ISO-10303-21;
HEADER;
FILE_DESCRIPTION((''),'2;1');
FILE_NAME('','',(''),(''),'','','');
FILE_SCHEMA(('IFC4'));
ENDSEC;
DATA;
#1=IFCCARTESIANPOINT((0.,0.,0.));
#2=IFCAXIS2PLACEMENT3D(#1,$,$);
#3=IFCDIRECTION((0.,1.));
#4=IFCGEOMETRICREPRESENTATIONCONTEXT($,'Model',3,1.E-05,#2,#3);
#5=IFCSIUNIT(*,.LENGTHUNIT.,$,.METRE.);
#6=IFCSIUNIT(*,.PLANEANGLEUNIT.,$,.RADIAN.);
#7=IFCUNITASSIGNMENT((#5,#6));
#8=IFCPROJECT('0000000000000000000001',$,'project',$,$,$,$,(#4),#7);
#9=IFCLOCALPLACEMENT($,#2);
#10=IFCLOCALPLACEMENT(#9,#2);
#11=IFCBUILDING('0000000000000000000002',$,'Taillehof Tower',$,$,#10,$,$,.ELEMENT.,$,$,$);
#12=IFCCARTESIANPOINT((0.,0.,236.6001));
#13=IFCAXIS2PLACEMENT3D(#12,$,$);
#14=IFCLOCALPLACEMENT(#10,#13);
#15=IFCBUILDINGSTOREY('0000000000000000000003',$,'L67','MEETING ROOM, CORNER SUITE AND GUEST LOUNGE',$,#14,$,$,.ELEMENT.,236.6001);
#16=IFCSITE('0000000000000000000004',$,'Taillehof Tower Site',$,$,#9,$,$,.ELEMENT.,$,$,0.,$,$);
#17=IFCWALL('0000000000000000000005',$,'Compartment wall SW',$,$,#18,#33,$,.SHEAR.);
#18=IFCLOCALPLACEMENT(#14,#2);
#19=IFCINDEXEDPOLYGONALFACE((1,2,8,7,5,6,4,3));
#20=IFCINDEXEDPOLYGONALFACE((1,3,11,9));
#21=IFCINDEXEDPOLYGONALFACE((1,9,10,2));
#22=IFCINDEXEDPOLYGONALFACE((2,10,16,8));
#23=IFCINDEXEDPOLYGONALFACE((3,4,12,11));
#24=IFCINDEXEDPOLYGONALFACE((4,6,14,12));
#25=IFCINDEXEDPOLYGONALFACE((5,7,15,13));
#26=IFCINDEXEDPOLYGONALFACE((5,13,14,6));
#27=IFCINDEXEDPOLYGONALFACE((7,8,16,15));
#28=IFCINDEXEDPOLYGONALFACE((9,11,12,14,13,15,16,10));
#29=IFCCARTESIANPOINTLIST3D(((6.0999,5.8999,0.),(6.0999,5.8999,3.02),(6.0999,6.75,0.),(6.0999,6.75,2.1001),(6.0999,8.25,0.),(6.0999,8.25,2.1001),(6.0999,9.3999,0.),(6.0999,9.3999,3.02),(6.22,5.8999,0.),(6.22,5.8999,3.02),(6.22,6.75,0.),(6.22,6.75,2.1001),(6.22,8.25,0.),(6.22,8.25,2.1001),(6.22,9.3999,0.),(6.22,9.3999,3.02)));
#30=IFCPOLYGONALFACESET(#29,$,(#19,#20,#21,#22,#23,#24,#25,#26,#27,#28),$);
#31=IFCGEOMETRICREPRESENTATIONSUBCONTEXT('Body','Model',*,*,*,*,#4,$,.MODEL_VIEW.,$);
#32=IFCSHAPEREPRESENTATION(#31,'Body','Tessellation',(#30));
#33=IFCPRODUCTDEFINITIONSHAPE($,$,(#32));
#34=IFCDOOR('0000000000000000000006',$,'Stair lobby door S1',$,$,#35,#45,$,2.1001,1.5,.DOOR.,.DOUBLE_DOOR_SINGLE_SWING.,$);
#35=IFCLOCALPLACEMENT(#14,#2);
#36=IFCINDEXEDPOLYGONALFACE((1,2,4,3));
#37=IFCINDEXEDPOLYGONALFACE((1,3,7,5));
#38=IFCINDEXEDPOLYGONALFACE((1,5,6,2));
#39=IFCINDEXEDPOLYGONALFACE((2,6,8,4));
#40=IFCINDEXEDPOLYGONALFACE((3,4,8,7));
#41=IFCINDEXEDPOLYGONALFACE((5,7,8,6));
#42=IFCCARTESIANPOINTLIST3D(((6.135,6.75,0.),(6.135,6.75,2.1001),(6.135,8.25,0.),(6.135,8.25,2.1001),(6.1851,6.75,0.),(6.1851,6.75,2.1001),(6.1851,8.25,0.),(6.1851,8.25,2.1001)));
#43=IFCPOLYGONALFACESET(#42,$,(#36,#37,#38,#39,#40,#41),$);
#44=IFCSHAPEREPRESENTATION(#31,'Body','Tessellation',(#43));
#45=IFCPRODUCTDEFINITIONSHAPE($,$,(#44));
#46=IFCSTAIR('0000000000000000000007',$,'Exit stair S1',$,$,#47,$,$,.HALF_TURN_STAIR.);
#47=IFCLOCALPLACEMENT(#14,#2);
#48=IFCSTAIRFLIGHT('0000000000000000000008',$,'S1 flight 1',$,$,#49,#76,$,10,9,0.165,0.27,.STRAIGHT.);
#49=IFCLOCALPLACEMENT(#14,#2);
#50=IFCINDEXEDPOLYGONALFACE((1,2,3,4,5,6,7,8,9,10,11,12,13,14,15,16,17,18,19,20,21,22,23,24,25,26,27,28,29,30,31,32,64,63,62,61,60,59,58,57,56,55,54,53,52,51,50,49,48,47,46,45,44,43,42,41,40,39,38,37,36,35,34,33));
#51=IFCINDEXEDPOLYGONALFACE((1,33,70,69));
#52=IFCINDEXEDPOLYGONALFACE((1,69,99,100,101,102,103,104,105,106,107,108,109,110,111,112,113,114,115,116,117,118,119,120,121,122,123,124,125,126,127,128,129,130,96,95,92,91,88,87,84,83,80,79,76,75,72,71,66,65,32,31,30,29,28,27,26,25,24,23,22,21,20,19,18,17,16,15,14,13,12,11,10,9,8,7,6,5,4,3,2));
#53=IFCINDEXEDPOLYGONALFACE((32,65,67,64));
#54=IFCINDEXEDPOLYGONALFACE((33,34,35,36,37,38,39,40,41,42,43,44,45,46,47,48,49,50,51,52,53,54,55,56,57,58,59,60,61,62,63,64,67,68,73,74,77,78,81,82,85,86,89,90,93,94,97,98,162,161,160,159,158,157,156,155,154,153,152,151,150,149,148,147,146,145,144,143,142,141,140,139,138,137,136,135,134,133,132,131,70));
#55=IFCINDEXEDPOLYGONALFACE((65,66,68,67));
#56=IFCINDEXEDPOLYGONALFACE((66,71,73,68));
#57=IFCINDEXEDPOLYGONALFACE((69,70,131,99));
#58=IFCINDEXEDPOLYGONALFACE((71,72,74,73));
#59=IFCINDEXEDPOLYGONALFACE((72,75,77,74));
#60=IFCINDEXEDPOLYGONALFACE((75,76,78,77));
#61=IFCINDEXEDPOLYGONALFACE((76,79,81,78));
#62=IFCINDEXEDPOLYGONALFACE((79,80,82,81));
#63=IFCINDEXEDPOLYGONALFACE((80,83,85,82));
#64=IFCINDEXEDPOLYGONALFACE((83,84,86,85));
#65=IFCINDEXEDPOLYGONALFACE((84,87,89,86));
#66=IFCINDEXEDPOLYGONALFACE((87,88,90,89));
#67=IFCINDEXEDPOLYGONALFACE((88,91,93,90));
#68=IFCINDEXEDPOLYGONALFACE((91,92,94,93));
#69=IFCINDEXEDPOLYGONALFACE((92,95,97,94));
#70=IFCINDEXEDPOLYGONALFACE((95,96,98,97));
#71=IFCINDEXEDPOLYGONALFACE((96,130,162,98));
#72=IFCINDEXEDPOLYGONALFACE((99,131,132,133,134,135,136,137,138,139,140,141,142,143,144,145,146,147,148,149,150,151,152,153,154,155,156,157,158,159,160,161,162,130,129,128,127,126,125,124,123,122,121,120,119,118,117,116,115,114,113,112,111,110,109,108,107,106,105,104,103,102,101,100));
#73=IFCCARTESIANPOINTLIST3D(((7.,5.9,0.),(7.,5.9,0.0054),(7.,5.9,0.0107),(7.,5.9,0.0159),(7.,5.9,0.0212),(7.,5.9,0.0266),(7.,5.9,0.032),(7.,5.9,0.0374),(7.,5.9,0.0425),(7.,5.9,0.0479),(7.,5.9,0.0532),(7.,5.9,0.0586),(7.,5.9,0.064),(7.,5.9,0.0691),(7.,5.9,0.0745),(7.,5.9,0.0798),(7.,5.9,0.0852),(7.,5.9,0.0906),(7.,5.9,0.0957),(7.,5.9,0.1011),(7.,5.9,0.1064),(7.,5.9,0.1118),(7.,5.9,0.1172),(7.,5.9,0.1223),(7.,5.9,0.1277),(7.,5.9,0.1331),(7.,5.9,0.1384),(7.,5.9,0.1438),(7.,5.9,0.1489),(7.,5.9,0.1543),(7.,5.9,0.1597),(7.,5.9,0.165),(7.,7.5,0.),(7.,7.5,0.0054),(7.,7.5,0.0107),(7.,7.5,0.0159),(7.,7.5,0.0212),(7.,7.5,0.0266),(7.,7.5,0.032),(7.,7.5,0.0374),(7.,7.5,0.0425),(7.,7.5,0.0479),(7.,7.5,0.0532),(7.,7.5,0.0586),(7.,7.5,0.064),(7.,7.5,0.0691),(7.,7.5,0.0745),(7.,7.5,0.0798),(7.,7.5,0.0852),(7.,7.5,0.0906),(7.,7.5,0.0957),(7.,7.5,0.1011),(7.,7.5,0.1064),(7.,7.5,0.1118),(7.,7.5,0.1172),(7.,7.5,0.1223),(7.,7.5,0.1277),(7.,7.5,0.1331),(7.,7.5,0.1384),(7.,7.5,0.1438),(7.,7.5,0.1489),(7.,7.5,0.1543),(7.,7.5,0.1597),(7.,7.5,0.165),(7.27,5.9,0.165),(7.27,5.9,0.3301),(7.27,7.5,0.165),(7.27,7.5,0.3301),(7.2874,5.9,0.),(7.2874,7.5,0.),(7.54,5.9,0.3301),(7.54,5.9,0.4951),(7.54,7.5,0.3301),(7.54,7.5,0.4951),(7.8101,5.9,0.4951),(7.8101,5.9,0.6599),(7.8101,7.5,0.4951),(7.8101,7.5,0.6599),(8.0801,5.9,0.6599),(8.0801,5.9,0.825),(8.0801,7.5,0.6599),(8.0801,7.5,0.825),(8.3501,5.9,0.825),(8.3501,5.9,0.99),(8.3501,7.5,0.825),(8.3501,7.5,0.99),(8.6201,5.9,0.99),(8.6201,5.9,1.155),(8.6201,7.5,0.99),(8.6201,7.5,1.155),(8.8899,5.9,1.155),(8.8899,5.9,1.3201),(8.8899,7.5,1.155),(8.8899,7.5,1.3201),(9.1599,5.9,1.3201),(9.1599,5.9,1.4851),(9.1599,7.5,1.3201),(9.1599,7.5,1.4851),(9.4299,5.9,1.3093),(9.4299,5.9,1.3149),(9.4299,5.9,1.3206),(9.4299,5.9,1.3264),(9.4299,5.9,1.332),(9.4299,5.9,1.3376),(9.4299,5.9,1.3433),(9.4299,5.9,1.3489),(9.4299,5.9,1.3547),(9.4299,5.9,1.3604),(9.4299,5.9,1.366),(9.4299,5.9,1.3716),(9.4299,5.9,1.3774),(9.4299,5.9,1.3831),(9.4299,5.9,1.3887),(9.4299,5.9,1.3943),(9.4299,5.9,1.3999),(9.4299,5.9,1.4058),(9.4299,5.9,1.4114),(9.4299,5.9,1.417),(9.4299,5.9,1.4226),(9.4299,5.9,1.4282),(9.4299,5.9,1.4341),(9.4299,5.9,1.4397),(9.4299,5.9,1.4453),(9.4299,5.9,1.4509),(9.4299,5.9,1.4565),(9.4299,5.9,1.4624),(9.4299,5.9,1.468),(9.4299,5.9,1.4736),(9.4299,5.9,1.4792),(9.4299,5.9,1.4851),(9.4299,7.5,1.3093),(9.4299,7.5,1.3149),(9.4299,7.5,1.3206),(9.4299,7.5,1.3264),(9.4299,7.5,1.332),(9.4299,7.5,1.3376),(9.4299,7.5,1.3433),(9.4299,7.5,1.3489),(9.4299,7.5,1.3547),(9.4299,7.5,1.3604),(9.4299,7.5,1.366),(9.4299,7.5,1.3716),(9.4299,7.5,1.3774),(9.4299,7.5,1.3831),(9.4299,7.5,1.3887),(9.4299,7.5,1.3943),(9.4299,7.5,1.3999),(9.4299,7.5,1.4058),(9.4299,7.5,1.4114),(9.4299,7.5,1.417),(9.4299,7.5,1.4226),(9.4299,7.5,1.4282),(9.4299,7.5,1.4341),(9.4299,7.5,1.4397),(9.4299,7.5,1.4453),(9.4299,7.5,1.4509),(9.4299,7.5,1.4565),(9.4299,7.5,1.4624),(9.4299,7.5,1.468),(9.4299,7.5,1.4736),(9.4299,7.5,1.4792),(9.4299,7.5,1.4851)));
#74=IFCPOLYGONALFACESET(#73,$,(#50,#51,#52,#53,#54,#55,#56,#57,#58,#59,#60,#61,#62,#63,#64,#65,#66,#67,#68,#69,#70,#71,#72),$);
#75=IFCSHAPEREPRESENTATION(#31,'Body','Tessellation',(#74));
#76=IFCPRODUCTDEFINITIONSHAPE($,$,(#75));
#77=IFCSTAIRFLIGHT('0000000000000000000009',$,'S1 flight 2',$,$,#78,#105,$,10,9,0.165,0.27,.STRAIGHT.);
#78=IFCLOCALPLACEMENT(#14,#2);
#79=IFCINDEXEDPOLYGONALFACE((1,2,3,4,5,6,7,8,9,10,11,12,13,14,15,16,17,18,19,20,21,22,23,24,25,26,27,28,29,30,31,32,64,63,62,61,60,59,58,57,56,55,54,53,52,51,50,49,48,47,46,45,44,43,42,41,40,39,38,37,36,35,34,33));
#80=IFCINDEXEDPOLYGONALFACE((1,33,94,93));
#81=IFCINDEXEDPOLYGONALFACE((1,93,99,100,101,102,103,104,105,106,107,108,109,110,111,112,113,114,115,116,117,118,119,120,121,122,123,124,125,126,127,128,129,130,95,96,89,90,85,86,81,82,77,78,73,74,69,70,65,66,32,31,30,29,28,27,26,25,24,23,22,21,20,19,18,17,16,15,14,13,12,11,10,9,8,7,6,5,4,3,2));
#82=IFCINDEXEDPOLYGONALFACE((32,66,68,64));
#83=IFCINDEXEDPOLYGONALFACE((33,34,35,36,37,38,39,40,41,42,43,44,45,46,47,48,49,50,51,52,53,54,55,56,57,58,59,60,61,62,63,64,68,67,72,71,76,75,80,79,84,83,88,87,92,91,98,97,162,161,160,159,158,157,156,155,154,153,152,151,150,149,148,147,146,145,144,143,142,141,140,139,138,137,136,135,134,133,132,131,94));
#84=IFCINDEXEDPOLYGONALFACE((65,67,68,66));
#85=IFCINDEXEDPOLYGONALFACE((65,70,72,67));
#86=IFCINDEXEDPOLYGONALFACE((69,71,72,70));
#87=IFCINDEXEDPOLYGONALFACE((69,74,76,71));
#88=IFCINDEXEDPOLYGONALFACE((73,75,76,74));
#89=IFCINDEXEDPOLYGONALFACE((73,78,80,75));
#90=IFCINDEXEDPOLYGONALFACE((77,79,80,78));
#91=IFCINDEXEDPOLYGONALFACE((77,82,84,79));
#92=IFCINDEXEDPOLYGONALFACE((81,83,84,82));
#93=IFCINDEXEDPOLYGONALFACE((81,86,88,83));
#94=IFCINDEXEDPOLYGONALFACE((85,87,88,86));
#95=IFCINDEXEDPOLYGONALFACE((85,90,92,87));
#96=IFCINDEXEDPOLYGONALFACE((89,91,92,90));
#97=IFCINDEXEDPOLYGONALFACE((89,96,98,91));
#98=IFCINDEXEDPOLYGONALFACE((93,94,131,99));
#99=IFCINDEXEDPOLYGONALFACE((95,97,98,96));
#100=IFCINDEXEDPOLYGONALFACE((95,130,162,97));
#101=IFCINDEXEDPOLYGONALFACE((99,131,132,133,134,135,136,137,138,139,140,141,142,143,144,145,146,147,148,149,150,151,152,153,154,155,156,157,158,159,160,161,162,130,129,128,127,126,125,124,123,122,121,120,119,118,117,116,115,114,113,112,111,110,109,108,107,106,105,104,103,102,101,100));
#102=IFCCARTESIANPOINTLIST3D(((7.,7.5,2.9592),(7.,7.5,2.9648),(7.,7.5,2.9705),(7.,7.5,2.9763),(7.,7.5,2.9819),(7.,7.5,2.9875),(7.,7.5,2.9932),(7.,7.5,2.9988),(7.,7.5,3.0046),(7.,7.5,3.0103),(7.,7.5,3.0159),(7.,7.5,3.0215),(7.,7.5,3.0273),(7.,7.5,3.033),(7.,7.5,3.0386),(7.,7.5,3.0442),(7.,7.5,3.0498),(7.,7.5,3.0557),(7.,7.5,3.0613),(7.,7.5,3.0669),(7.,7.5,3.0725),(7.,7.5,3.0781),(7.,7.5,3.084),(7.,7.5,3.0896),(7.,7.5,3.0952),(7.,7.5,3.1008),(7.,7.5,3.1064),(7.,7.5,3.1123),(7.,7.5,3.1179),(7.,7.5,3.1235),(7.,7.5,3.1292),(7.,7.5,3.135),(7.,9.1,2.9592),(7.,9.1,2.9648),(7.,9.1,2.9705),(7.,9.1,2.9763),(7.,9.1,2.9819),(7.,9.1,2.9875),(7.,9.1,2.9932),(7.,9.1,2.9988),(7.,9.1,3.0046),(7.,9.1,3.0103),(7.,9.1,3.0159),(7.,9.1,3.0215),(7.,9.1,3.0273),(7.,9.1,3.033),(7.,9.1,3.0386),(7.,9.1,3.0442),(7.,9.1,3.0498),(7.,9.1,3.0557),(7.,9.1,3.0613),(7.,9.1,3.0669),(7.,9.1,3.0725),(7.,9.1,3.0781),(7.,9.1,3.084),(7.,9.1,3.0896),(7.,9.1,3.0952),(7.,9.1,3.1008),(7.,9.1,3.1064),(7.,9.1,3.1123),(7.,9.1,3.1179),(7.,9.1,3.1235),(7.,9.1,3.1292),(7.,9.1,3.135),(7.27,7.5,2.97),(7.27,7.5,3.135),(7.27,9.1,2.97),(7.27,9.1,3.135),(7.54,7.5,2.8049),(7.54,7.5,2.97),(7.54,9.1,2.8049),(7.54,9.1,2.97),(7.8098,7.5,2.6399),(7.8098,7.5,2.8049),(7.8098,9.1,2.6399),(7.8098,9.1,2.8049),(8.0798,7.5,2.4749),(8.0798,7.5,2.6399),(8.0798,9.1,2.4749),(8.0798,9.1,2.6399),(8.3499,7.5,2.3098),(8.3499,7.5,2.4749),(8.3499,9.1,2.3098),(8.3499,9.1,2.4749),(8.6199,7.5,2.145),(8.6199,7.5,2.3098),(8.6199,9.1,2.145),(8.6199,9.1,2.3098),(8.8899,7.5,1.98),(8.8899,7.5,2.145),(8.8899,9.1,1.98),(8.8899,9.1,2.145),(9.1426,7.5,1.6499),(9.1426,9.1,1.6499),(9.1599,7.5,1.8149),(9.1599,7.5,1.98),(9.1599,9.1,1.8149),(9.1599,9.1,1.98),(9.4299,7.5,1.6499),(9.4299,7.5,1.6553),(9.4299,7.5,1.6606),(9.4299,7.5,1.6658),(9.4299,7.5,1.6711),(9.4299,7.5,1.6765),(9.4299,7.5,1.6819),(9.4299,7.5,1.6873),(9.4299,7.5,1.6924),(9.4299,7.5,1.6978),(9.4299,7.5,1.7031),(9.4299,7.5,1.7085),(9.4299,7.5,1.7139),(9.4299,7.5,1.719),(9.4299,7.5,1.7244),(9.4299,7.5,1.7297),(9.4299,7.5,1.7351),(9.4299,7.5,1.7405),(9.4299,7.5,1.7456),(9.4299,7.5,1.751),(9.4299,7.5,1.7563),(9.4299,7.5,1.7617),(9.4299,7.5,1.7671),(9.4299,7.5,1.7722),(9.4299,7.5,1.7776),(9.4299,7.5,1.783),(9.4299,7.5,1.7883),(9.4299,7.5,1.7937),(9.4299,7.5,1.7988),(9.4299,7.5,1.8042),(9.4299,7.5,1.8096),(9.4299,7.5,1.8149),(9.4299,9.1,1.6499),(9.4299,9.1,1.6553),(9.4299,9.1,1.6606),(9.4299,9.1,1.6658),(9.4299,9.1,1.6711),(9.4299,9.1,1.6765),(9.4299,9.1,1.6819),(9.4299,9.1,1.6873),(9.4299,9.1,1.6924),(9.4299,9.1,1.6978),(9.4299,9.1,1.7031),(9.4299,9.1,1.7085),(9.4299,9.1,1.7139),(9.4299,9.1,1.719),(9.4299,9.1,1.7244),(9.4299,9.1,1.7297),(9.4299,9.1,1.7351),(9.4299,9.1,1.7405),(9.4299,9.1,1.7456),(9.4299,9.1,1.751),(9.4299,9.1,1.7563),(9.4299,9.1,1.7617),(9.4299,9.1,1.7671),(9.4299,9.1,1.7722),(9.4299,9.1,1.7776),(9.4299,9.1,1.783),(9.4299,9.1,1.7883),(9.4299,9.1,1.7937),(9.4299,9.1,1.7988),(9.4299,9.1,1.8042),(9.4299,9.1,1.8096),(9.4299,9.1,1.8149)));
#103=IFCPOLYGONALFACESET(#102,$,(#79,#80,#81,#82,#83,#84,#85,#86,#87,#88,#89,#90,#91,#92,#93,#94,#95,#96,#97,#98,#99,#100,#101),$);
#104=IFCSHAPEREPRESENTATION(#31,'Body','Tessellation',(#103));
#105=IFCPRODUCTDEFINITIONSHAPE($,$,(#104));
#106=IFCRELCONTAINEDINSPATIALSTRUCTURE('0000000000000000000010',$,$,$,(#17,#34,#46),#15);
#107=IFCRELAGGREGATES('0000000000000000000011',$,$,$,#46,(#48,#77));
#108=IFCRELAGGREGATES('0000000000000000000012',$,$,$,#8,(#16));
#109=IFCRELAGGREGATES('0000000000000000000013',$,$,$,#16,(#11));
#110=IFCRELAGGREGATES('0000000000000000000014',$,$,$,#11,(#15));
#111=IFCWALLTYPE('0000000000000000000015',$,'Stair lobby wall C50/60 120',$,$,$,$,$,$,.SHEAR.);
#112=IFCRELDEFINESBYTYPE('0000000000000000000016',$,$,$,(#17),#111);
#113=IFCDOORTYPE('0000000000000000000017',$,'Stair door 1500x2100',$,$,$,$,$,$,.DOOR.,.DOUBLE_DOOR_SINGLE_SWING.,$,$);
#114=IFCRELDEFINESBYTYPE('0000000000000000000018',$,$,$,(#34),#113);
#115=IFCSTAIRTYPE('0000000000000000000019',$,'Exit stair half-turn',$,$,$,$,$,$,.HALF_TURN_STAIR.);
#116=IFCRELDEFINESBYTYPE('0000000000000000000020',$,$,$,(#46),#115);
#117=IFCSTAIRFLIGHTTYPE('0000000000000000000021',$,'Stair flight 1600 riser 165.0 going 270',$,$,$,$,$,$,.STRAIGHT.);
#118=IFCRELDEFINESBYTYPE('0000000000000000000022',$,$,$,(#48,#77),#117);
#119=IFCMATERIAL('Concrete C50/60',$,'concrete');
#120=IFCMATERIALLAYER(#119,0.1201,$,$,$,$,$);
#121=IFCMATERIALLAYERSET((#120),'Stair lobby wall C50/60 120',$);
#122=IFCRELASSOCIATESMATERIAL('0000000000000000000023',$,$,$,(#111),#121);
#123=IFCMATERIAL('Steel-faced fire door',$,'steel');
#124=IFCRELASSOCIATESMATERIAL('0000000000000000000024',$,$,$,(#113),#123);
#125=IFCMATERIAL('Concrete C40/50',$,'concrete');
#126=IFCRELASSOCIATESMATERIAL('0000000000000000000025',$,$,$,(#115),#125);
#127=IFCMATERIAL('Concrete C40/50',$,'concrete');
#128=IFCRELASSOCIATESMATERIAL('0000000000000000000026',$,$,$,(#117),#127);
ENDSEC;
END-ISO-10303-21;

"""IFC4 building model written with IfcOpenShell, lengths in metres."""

from ifc_helpers import new_model, si_unit, direction, frame, frame_2d, origin, place, context, subcontext, project, spatial, polyline, rectangle, outline, extrude, material, layer, layer_set, type_object, element, fill, aggregate, save


model = new_model("IFC4")

# Units and contexts
model_context = context("Model", 3, precision=1e-05, world=origin(), true_north=direction((0.0, 1.0)))
body_context = subcontext(model_context, "Body", "Model", "MODEL_VIEW")
ifc_project = project(units=[si_unit("LENGTHUNIT", "METRE"), si_unit("PLANEANGLEUNIT", "RADIAN")], contexts=[model_context])

# Site, building, storey
site_placement = place(None, origin())
site = spatial("IfcSite", under=ifc_project, at=site_placement, Name="Taillehof Tower Site", CompositionType="ELEMENT", RefElevation=0.0)
building_placement = place(site_placement, origin())
building = spatial("IfcBuilding", under=site, at=building_placement, Name="Taillehof Tower", CompositionType="ELEMENT")
storey_placement = place(building_placement, frame((0.0, 0.0, 236.6001)))
storey = spatial("IfcBuildingStorey", under=building, at=storey_placement, Name="L67", Description="MEETING ROOM, CORNER SUITE AND GUEST LOUNGE", CompositionType="ELEMENT", Elevation=236.6001)

# Wall, opening, door
ifc_material_1 = material(Name="Concrete C50/60", Category="concrete")
ifc_layer_1 = layer(ifc_material_1, 0.1201)
ifc_layer_set_1 = layer_set([ifc_layer_1], Name="Stair lobby wall C50/60 120")
wall_type_1 = type_object("IfcWallType", Name="Stair lobby wall C50/60 120", PredefinedType="SHEAR", material=ifc_layer_set_1)
wall_1_placement = place(storey_placement, frame((6.1599, 5.8999, 0.0), z_axis=(0.0, 0.0, 1.0), x_axis=(0.0, 1.0, 0.0)))
wall_1 = element("IfcWall", 1, at=wall_1_placement, inside=storey, type_object=wall_type_1, Name="Compartment wall SW", PredefinedType="SHEAR", context=body_context, shape_type="SweptSolid", body=[
    extrude(rectangle(XDim=3.5, YDim=0.1201, at=frame_2d((1.75, 0.0))), origin(), (0.0, 0.0, 1.0), 3.02),
])
opening_1_placement = place(wall_1_placement, frame((0.8501, 0.0, 0.0)))
opening_1 = element("IfcOpeningElement", 2, at=opening_1_placement, cuts=wall_1, PredefinedType="OPENING", context=body_context, shape_type="SweptSolid", body=[
    extrude(rectangle(XDim=1.5, YDim=2.1001, at=frame_2d((0.75, 1.05))), frame((0.0, 0.0701, 0.0), z_axis=(0.0, -1.0, 0.0), x_axis=(1.0, 0.0, 0.0)), (0.0, 0.0, 1.0), 0.1401),
])
ifc_material_2 = material(Name="Steel-faced fire door", Category="steel")
door_type_1 = type_object("IfcDoorType", Name="Stair door 1500x2100", OperationType="DOUBLE_DOOR_SINGLE_SWING", PredefinedType="DOOR", material=ifc_material_2)
door_1_placement = place(opening_1_placement, origin())
door_1 = element("IfcDoor", 3, at=door_1_placement, inside=storey, type_object=door_type_1, Name="Stair lobby door S1", OperationType="DOUBLE_DOOR_SINGLE_SWING", OverallHeight=2.1001, OverallWidth=1.5, PredefinedType="DOOR", context=body_context, shape_type="SweptSolid", body=[
    extrude(rectangle(XDim=1.5, YDim=2.1001, at=frame_2d((0.75, 1.05))), frame((0.0, 0.0249, 0.0), z_axis=(0.0, -1.0, 0.0), x_axis=(1.0, 0.0, 0.0)), (0.0, 0.0, 1.0), 0.05),
])
fill(opening_1, door_1)

# Stair, stair flights
ifc_material_3 = material(Name="Concrete C40/50", Category="concrete")
stair_type = type_object("IfcStairType", Name="Exit stair half-turn", PredefinedType="HALF_TURN_STAIR", material=ifc_material_3)
stair_placement = place(storey_placement, origin())
stair = element("IfcStair", 4, at=stair_placement, inside=storey, type_object=stair_type, Name="Exit stair S1", PredefinedType="HALF_TURN_STAIR")
ifc_material_4 = material(Name="Concrete C40/50", Category="concrete")
stair_flight_type = type_object("IfcStairFlightType", Name="Stair flight 1600 riser 165.0 going 270", PredefinedType="STRAIGHT", material=ifc_material_4)
stair_flight_1_placement = place(storey_placement, frame((7.0, 6.7, 0.0), z_axis=(0.0, 0.0, 1.0), x_axis=(1.0, 0.0, 0.0)))
stair_flight_1 = element("IfcStairFlight", 5, at=stair_flight_1_placement, type_object=stair_flight_type, Name="S1 flight 1", NumberOfRisers=10, NumberOfTreads=9, PredefinedType="STRAIGHT", RiserHeight=0.165, TreadLength=0.27, context=body_context, shape_type="SweptSolid", body=[
    extrude(outline(polyline([(0.0, 0.0), (0.0, 0.0054), (0.0, 0.0107), (0.0, 0.0159), (0.0, 0.0212), (0.0, 0.0266), (0.0, 0.032), (0.0, 0.0374), (0.0, 0.0425), (0.0, 0.0479), (0.0, 0.0532), (0.0, 0.0586), (0.0, 0.064), (0.0, 0.0691), (0.0, 0.0745), (0.0, 0.0798), (0.0, 0.0852), (0.0, 0.0906), (0.0, 0.0957), (0.0, 0.1011), (0.0, 0.1064), (0.0, 0.1118), (0.0, 0.1172), (0.0, 0.1223), (0.0, 0.1277), (0.0, 0.1331), (0.0, 0.1384), (0.0, 0.1438), (0.0, 0.1489), (0.0, 0.1543), (0.0, 0.1597), (0.0, 0.165), (0.27, 0.165), (0.27, 0.3301), (0.54, 0.3301), (0.54, 0.4951), (0.8101, 0.4951), (0.8101, 0.6599), (1.0801, 0.6599), (1.0801, 0.825), (1.3501, 0.825), (1.3501, 0.99), (1.6201, 0.99), (1.6201, 1.155), (1.8899, 1.155), (1.8899, 1.3201), (2.1599, 1.3201), (2.1599, 1.4851), (2.4299, 1.4851), (2.4299, 1.4792), (2.4299, 1.4736), (2.4299, 1.468), (2.4299, 1.4624), (2.4299, 1.4565), (2.4299, 1.4509), (2.4299, 1.4453), (2.4299, 1.4397), (2.4299, 1.4341), (2.4299, 1.4282), (2.4299, 1.4226), (2.4299, 1.417), (2.4299, 1.4114), (2.4299, 1.4058), (2.4299, 1.3999), (2.4299, 1.3943), (2.4299, 1.3887), (2.4299, 1.3831), (2.4299, 1.3774), (2.4299, 1.3716), (2.4299, 1.366), (2.4299, 1.3604), (2.4299, 1.3547), (2.4299, 1.3489), (2.4299, 1.3433), (2.4299, 1.3376), (2.4299, 1.332), (2.4299, 1.3264), (2.4299, 1.3206), (2.4299, 1.3149), (2.4299, 1.3093), (0.2874, 0.0), (0.0, 0.0)])), frame((0.0, 0.8, 0.0), z_axis=(0.0, -1.0, 0.0), x_axis=(1.0, 0.0, 0.0)), (0.0, 0.0, 1.0), 1.6),
])
stair_flight_2_placement = place(storey_placement, frame((9.4299, 8.3, 1.6499), z_axis=(0.0, 0.0, 1.0), x_axis=(-1.0, 0.0, 0.0)))
stair_flight_2 = element("IfcStairFlight", 6, at=stair_flight_2_placement, type_object=stair_flight_type, Name="S1 flight 2", NumberOfRisers=10, NumberOfTreads=9, PredefinedType="STRAIGHT", RiserHeight=0.165, TreadLength=0.27, context=body_context, shape_type="SweptSolid", body=[
    extrude(outline(polyline([(0.0, 0.0), (0.0, 0.0054), (0.0, 0.0107), (0.0, 0.0159), (0.0, 0.0212), (0.0, 0.0266), (0.0, 0.032), (0.0, 0.0374), (0.0, 0.0425), (0.0, 0.0479), (0.0, 0.0532), (0.0, 0.0586), (0.0, 0.064), (0.0, 0.0691), (0.0, 0.0745), (0.0, 0.0798), (0.0, 0.0852), (0.0, 0.0906), (0.0, 0.0957), (0.0, 0.1011), (0.0, 0.1064), (0.0, 0.1118), (0.0, 0.1172), (0.0, 0.1223), (0.0, 0.1277), (0.0, 0.1331), (0.0, 0.1384), (0.0, 0.1438), (0.0, 0.1489), (0.0, 0.1543), (0.0, 0.1597), (0.0, 0.165), (0.27, 0.165), (0.27, 0.3301), (0.54, 0.3301), (0.54, 0.4951), (0.8101, 0.4951), (0.8101, 0.6599), (1.0801, 0.6599), (1.0801, 0.825), (1.3501, 0.825), (1.3501, 0.99), (1.6201, 0.99), (1.6201, 1.155), (1.8899, 1.155), (1.8899, 1.3201), (2.1599, 1.3201), (2.1599, 1.4851), (2.4299, 1.4851), (2.4299, 1.4792), (2.4299, 1.4736), (2.4299, 1.468), (2.4299, 1.4624), (2.4299, 1.4565), (2.4299, 1.4509), (2.4299, 1.4453), (2.4299, 1.4397), (2.4299, 1.4341), (2.4299, 1.4282), (2.4299, 1.4226), (2.4299, 1.417), (2.4299, 1.4114), (2.4299, 1.4058), (2.4299, 1.3999), (2.4299, 1.3943), (2.4299, 1.3887), (2.4299, 1.3831), (2.4299, 1.3774), (2.4299, 1.3716), (2.4299, 1.366), (2.4299, 1.3604), (2.4299, 1.3547), (2.4299, 1.3489), (2.4299, 1.3433), (2.4299, 1.3376), (2.4299, 1.332), (2.4299, 1.3264), (2.4299, 1.3206), (2.4299, 1.3149), (2.4299, 1.3093), (0.2874, 0.0), (0.0, 0.0)])), frame((0.0, 0.8, 0.0), z_axis=(0.0, -1.0, 0.0), x_axis=(1.0, 0.0, 0.0)), (0.0, 0.0, 1.0), 1.6),
])
aggregate(stair, [stair_flight_1, stair_flight_2])

save(model, "model.ifc")
